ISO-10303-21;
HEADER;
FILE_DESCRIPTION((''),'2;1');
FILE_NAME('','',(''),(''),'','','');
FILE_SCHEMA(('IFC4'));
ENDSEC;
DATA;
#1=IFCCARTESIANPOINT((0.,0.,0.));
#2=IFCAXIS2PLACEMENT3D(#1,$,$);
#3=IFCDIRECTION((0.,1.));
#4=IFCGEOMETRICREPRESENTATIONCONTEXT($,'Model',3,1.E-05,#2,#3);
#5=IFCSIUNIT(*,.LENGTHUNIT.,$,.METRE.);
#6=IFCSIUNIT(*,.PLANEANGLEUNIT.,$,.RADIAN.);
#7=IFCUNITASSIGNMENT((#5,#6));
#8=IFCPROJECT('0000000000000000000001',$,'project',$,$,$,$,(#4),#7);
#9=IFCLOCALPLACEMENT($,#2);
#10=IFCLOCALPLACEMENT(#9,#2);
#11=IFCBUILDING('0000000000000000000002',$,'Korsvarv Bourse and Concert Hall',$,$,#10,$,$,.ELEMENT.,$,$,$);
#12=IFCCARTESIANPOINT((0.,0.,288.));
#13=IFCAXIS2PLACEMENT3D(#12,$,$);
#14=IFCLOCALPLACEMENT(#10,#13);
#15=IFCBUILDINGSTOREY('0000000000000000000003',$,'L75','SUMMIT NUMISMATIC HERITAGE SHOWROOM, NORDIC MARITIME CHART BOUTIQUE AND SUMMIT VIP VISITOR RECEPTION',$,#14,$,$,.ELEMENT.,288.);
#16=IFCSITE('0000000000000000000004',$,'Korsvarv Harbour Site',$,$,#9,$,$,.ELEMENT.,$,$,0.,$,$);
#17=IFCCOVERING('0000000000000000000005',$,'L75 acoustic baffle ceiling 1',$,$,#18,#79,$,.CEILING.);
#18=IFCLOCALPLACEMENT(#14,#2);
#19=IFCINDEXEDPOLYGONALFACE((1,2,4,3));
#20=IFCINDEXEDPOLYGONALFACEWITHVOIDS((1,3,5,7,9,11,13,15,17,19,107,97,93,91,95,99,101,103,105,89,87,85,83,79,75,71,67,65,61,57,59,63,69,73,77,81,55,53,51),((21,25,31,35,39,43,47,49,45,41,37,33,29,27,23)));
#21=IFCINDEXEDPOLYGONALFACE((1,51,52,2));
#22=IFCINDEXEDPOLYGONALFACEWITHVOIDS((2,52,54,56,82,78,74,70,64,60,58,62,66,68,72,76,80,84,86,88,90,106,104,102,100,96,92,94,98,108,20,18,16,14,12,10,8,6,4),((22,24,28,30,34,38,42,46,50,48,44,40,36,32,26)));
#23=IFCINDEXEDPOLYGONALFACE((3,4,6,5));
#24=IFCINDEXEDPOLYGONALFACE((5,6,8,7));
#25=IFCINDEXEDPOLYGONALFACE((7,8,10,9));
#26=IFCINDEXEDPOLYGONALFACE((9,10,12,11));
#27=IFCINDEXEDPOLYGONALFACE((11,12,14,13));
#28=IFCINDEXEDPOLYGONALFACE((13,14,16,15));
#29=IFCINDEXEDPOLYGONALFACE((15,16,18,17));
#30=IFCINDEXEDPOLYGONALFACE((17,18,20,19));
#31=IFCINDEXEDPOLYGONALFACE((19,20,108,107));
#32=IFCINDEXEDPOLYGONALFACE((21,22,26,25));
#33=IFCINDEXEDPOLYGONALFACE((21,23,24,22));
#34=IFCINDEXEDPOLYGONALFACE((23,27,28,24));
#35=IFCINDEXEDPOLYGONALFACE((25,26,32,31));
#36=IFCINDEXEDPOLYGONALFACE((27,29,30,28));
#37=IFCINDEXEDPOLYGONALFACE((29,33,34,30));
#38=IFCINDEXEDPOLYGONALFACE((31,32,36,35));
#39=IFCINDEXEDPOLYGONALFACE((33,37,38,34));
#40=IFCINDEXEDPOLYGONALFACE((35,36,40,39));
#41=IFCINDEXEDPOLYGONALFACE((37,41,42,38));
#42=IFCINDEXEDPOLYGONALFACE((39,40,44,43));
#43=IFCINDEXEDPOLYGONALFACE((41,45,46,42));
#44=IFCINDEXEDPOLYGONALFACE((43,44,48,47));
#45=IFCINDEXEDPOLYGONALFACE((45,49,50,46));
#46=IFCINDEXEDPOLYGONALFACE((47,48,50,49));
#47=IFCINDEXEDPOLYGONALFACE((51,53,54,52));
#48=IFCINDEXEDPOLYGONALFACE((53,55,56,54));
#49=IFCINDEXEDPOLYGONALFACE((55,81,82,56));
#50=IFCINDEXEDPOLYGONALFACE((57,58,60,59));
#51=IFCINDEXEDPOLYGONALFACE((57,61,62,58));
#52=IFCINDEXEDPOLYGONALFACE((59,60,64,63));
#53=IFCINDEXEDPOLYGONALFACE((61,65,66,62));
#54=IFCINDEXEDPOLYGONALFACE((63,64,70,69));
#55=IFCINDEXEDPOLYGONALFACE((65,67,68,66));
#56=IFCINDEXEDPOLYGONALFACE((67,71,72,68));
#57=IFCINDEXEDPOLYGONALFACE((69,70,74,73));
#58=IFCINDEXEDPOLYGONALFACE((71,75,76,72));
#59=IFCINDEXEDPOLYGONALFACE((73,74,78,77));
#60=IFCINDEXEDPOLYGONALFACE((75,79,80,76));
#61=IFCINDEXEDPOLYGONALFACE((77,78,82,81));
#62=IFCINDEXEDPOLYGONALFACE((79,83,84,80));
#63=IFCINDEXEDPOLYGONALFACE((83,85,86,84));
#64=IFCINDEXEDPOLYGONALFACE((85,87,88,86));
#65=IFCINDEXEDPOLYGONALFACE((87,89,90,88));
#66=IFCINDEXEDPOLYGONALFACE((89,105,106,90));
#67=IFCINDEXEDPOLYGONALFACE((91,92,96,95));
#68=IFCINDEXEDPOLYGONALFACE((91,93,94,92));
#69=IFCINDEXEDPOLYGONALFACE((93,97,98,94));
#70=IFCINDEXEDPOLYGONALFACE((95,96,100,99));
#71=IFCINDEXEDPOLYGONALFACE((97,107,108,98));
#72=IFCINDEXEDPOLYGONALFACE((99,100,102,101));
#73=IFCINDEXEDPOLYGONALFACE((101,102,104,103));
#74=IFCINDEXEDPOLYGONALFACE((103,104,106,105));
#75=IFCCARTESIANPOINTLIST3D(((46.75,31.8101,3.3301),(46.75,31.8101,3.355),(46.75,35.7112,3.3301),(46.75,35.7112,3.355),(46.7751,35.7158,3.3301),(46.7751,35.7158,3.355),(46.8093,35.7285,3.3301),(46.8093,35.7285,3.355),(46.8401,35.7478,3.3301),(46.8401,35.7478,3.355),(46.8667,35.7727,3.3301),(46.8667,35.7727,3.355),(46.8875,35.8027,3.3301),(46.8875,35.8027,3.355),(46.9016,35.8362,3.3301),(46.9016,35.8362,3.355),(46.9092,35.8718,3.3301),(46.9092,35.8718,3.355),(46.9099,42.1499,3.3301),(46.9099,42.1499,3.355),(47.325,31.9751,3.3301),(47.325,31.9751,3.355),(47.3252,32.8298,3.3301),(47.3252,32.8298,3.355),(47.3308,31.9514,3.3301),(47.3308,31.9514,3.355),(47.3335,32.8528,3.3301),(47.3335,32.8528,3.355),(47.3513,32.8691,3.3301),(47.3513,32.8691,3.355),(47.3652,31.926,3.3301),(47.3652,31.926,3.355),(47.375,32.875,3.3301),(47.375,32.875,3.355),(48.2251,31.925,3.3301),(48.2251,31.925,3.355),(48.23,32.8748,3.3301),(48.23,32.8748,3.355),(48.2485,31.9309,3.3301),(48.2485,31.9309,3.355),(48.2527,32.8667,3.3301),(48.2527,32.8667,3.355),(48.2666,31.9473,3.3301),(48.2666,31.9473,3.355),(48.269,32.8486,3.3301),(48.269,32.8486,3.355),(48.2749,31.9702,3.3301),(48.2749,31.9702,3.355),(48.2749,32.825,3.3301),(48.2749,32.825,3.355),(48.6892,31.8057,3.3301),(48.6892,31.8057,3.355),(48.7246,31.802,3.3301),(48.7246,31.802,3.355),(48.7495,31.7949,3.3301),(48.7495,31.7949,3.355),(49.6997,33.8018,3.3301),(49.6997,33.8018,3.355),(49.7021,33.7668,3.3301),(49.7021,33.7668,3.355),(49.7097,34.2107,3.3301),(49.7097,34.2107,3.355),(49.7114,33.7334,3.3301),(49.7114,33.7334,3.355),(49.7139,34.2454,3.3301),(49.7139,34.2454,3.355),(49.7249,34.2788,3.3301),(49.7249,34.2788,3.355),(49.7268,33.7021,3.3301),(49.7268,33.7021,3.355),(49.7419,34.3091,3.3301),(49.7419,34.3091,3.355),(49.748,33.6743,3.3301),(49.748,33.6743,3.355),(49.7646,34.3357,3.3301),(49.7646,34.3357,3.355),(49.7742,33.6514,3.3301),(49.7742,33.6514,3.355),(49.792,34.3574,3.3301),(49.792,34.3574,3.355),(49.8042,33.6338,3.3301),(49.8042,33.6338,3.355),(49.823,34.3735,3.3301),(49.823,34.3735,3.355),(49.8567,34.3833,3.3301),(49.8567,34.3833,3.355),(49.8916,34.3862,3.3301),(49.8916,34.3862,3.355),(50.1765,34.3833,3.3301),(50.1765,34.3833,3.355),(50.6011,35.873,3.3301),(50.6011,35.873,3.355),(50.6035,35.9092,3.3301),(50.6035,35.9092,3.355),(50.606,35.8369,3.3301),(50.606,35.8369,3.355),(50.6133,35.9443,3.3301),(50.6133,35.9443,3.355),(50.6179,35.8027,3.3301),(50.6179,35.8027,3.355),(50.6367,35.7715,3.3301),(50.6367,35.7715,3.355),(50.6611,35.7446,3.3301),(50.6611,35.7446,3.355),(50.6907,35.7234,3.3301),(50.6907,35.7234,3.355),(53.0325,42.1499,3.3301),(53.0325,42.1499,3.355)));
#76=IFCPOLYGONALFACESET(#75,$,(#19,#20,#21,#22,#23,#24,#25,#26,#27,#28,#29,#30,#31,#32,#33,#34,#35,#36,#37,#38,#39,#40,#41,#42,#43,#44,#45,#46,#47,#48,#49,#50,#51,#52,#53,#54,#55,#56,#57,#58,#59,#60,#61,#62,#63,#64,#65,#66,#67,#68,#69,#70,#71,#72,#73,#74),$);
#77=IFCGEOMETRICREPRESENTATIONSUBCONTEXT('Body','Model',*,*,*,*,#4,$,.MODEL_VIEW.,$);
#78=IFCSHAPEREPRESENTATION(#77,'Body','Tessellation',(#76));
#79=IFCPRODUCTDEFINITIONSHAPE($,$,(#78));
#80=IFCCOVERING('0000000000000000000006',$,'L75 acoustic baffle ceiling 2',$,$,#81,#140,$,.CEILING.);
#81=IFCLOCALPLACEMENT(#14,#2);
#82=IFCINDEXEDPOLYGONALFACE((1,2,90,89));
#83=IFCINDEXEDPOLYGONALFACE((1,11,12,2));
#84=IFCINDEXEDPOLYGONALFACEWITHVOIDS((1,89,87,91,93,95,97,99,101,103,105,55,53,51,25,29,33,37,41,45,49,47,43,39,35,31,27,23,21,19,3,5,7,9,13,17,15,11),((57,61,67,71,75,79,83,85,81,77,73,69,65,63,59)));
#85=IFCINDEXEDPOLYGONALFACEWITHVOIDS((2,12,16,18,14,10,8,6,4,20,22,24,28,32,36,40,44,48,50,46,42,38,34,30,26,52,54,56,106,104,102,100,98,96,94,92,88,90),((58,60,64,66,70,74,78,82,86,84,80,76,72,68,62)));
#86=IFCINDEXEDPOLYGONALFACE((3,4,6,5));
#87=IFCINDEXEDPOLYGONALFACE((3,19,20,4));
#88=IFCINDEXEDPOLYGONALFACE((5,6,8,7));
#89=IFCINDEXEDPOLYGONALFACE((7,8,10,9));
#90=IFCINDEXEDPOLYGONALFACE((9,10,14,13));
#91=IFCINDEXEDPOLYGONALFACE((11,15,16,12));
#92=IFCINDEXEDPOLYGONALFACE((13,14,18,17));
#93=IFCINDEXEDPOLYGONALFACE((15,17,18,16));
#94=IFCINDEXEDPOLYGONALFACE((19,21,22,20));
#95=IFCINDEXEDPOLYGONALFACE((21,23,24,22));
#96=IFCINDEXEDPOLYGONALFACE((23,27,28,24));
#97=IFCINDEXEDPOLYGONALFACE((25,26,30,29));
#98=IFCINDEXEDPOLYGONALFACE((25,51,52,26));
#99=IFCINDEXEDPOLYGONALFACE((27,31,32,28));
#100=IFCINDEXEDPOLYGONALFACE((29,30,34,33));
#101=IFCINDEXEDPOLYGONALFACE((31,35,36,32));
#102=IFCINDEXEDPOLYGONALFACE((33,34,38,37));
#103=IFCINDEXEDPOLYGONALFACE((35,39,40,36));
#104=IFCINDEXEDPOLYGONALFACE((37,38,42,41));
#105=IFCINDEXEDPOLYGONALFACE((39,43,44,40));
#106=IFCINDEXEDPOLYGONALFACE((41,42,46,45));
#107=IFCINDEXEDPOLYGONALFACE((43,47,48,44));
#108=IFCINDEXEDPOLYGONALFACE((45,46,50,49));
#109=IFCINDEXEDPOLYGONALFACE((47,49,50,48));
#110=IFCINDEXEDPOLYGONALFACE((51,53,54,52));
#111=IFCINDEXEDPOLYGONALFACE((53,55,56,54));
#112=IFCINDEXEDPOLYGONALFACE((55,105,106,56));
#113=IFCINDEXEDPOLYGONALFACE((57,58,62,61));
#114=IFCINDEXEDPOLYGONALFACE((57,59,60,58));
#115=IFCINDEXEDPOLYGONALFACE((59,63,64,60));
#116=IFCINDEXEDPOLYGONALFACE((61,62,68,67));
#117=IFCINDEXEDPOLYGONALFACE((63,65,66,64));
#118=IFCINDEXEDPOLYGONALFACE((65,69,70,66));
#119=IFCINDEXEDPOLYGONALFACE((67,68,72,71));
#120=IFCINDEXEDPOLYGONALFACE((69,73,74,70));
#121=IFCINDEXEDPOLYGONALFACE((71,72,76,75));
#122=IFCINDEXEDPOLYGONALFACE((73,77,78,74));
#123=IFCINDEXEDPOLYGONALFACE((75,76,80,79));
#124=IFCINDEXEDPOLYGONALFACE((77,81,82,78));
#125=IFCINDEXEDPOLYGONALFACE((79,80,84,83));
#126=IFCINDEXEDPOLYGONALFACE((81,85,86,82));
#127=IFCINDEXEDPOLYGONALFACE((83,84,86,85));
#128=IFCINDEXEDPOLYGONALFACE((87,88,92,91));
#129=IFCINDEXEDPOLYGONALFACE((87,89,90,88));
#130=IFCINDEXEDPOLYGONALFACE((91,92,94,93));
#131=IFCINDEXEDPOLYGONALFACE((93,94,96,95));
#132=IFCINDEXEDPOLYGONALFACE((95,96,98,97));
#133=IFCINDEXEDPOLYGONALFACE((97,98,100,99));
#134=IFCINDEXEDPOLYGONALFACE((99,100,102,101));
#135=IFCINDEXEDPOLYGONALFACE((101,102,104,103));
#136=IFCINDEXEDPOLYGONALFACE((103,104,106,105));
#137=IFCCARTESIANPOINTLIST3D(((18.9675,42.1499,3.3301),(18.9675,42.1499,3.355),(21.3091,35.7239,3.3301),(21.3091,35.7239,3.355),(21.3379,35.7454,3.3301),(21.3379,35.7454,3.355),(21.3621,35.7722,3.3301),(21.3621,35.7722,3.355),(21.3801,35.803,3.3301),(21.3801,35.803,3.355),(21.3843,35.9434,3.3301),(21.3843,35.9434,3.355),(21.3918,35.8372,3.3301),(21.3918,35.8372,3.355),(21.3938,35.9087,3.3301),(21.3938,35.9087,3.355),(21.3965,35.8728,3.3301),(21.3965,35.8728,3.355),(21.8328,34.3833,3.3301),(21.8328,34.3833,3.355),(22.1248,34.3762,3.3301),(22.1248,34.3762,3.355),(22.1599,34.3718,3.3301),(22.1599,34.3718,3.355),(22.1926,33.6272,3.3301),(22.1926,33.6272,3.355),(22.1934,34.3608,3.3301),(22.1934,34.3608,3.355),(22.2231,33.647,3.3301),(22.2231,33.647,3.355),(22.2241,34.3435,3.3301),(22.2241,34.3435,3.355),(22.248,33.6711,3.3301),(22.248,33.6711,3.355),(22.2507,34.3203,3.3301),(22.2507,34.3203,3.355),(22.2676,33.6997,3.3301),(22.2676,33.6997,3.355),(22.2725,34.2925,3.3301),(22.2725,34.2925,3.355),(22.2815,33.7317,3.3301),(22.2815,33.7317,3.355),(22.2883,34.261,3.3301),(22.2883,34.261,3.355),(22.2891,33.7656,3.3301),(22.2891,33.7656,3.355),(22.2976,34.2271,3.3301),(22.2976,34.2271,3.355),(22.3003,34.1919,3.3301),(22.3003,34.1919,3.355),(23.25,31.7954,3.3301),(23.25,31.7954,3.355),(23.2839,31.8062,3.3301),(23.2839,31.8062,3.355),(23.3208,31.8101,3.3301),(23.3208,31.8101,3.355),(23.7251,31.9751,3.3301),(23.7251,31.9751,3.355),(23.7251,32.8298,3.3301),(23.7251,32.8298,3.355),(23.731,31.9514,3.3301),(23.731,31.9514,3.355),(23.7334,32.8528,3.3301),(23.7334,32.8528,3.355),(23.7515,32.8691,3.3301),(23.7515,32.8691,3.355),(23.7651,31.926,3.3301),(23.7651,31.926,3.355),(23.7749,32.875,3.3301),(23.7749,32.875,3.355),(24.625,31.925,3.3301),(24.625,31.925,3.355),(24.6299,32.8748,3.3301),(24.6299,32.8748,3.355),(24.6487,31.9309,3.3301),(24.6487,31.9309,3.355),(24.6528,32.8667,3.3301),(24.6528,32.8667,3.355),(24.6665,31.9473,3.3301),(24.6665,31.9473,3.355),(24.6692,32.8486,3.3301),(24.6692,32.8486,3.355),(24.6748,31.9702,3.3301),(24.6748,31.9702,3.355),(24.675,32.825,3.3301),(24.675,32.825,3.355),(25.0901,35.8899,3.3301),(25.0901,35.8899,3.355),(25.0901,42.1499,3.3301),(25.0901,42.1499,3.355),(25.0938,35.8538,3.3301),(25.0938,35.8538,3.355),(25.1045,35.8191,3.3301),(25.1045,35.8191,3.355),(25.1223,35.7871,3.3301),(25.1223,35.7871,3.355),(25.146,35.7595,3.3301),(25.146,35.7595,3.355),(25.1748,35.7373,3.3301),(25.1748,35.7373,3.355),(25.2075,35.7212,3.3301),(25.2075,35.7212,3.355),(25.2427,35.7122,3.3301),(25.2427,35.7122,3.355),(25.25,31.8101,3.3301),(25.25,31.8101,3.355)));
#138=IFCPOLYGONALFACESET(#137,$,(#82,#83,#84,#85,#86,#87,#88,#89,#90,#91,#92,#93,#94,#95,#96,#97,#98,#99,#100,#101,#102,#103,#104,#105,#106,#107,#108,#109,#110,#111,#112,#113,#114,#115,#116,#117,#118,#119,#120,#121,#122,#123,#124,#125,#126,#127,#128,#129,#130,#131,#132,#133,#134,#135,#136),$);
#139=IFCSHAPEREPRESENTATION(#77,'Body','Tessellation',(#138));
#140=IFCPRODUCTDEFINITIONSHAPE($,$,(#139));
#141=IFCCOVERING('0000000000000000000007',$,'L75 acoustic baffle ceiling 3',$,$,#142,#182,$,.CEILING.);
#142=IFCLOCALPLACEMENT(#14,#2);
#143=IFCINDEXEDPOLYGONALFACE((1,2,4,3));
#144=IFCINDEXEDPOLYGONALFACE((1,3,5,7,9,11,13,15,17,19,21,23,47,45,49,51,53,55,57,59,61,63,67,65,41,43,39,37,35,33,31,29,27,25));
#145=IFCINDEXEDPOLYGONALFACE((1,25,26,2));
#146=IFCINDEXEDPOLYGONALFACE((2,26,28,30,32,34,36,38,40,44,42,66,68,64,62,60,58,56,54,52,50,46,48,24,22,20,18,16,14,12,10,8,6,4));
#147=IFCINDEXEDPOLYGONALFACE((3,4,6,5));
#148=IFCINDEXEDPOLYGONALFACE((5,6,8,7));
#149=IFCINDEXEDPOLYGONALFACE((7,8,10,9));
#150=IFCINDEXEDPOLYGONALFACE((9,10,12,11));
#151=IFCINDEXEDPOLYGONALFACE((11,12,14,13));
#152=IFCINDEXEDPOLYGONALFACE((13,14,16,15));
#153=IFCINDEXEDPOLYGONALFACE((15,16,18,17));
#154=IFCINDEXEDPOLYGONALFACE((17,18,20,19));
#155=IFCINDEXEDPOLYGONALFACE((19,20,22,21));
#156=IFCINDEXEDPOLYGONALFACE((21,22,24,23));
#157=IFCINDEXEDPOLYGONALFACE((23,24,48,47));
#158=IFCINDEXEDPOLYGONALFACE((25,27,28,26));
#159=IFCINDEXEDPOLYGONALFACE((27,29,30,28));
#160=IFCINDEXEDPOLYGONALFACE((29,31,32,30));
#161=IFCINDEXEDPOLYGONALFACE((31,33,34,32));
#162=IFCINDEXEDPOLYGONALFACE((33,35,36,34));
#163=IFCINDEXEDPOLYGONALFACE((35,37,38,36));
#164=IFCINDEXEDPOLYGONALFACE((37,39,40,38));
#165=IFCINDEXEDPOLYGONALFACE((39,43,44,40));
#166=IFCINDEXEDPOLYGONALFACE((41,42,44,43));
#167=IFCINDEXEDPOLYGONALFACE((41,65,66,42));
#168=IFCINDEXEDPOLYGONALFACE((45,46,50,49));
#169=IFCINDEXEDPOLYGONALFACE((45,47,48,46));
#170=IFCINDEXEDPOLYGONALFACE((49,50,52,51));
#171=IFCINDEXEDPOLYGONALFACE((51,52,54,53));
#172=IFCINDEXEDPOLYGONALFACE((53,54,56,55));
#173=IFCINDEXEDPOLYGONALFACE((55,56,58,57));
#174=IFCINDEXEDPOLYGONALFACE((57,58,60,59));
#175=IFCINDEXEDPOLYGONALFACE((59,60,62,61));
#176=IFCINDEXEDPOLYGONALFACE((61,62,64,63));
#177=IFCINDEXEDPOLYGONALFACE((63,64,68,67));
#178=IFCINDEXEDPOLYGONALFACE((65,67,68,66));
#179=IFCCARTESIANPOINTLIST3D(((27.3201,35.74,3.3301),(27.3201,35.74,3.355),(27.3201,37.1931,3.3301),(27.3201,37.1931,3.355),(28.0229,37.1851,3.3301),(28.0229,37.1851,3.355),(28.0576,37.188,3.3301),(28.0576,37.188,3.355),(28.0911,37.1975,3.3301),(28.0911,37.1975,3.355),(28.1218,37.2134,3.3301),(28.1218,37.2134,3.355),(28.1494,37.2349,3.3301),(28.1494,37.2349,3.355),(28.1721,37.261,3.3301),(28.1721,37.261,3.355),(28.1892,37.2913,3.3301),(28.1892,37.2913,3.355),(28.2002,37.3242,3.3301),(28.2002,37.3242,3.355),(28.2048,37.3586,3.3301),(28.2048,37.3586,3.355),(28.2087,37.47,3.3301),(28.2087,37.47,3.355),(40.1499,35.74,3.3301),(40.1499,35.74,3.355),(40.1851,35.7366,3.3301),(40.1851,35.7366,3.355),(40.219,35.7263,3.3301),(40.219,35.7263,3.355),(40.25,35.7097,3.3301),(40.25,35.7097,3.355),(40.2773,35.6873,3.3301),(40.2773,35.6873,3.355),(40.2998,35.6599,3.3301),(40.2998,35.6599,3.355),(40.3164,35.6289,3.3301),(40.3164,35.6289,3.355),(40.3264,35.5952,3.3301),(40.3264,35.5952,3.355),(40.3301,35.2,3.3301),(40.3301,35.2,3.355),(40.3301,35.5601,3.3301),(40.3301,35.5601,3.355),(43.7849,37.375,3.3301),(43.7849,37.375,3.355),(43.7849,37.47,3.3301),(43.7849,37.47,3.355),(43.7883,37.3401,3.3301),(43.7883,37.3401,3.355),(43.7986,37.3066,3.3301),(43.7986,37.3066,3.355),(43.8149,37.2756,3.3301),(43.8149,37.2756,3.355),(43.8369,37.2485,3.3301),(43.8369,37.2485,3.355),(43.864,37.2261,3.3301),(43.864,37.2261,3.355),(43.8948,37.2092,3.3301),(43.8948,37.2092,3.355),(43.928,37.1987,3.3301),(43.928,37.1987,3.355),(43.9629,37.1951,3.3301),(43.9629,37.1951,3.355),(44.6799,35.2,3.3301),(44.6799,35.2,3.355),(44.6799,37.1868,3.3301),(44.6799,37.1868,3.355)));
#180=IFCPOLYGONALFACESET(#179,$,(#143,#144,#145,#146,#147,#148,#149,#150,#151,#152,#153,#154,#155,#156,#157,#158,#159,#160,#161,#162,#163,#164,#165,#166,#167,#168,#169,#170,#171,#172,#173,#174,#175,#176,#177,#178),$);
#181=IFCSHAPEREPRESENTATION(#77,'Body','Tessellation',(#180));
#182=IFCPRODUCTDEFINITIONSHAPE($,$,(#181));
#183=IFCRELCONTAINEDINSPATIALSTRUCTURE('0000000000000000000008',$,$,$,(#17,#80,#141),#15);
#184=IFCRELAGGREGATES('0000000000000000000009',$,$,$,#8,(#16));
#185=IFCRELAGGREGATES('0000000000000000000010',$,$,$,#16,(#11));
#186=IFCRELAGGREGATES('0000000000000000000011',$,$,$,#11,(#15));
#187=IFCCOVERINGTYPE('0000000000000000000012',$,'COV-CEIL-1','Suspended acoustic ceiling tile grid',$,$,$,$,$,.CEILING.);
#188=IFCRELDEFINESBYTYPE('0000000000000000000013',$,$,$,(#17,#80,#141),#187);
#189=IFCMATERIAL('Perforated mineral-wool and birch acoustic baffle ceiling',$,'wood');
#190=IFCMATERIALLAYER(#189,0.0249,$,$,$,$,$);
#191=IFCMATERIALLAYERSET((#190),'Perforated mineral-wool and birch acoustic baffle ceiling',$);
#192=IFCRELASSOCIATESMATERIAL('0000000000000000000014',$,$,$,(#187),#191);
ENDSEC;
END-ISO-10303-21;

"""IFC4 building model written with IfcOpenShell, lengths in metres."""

from ifc_helpers import new_model, si_unit, direction, frame, origin, place, context, subcontext, project, spatial, polyline, outline, extrude, material, layer, layer_set, type_object, element, save


model = new_model("IFC4")

# Units and contexts
model_context = context("Model", 3, precision=1e-05, world=origin(), true_north=direction((0.0, 1.0)))
body_context = subcontext(model_context, "Body", "Model", "MODEL_VIEW")
ifc_project = project(units=[si_unit("LENGTHUNIT", "METRE"), si_unit("PLANEANGLEUNIT", "RADIAN")], contexts=[model_context])

# Site, building, storey
site_placement = place(None, origin())
site = spatial("IfcSite", under=ifc_project, at=site_placement, Name="Korsvarv Harbour Site", CompositionType="ELEMENT", RefElevation=0.0)
building_placement = place(site_placement, origin())
building = spatial("IfcBuilding", under=site, at=building_placement, Name="Korsvarv Bourse and Concert Hall", CompositionType="ELEMENT")
storey_placement = place(building_placement, frame((0.0, 0.0, 288.0)))
storey = spatial("IfcBuildingStorey", under=building, at=storey_placement, Name="L75", Description="SUMMIT NUMISMATIC HERITAGE SHOWROOM, NORDIC MARITIME CHART BOUTIQUE AND SUMMIT VIP VISITOR RECEPTION", CompositionType="ELEMENT", Elevation=288.0)

# Coverings
ifc_material_1 = material(Name="Perforated mineral-wool and birch acoustic baffle ceiling", Category="wood")
ifc_layer_1 = layer(ifc_material_1, 0.0249)
ifc_layer_set_1 = layer_set([ifc_layer_1], Name="Perforated mineral-wool and birch acoustic baffle ceiling")
covering_type_1 = type_object("IfcCoveringType", Name="COV-CEIL-1", Description="Suspended acoustic ceiling tile grid", PredefinedType="CEILING", material=ifc_layer_set_1)
covering_1_placement = place(storey_placement, frame((0.0, 0.0, 3.3301)))
element("IfcCovering", 1, at=covering_1_placement, inside=storey, type_object=covering_type_1, Name="L75 acoustic baffle ceiling 1", PredefinedType="CEILING", context=body_context, shape_type="SweptSolid", body=[
    extrude(outline(polyline([(46.75, 35.7112), (46.7751, 35.7158), (46.8093, 35.7285), (46.8401, 35.7478), (46.8667, 35.7727), (46.8875, 35.8027), (46.9016, 35.8362), (46.9092, 35.8718), (46.9099, 42.1499), (53.0325, 42.1499), (50.6133, 35.9443), (50.6035, 35.9092), (50.6011, 35.873), (50.606, 35.8369), (50.6179, 35.8027), (50.6367, 35.7715), (50.6611, 35.7446), (50.6907, 35.7234), (50.1765, 34.3833), (49.8916, 34.3862), (49.8567, 34.3833), (49.823, 34.3735), (49.792, 34.3574), (49.7646, 34.3357), (49.7419, 34.3091), (49.7249, 34.2788), (49.7139, 34.2454), (49.7097, 34.2107), (49.6997, 33.8018), (49.7021, 33.7668), (49.7114, 33.7334), (49.7268, 33.7021), (49.748, 33.6743), (49.7742, 33.6514), (49.8042, 33.6338), (48.7495, 31.7949), (48.7246, 31.802), (48.6892, 31.8057), (46.75, 31.8101), (46.75, 35.7112)]), holes=[polyline([(47.3652, 31.926), (48.2251, 31.925), (48.2485, 31.9309), (48.2666, 31.9473), (48.2749, 31.9702), (48.2749, 32.825), (48.269, 32.8486), (48.2527, 32.8667), (48.23, 32.8748), (47.375, 32.875), (47.3513, 32.8691), (47.3335, 32.8528), (47.3252, 32.8298), (47.325, 31.9751), (47.3308, 31.9514), (47.3652, 31.926)])]), origin(), (0.0, 0.0, 1.0), 0.0249),
])
covering_2_placement = place(storey_placement, frame((0.0, 0.0, 3.3301)))
element("IfcCovering", 2, at=covering_2_placement, inside=storey, type_object=covering_type_1, Name="L75 acoustic baffle ceiling 2", PredefinedType="CEILING", context=body_context, shape_type="SweptSolid", body=[
    extrude(outline(polyline([(21.3091, 35.7239), (21.3379, 35.7454), (21.3621, 35.7722), (21.3801, 35.803), (21.3918, 35.8372), (21.3965, 35.8728), (21.3938, 35.9087), (21.3843, 35.9434), (18.9675, 42.1499), (25.0901, 42.1499), (25.0901, 35.8899), (25.0938, 35.8538), (25.1045, 35.8191), (25.1223, 35.7871), (25.146, 35.7595), (25.1748, 35.7373), (25.2075, 35.7212), (25.2427, 35.7122), (25.25, 31.8101), (23.3208, 31.8101), (23.2839, 31.8062), (23.25, 31.7954), (22.1926, 33.6272), (22.2231, 33.647), (22.248, 33.6711), (22.2676, 33.6997), (22.2815, 33.7317), (22.2891, 33.7656), (22.3003, 34.1919), (22.2976, 34.2271), (22.2883, 34.261), (22.2725, 34.2925), (22.2507, 34.3203), (22.2241, 34.3435), (22.1934, 34.3608), (22.1599, 34.3718), (22.1248, 34.3762), (21.8328, 34.3833), (21.3091, 35.7239)]), holes=[polyline([(23.7651, 31.926), (24.625, 31.925), (24.6487, 31.9309), (24.6665, 31.9473), (24.6748, 31.9702), (24.675, 32.825), (24.6692, 32.8486), (24.6528, 32.8667), (24.6299, 32.8748), (23.7749, 32.875), (23.7515, 32.8691), (23.7334, 32.8528), (23.7251, 32.8298), (23.7251, 31.9751), (23.731, 31.9514), (23.7651, 31.926)])]), origin(), (0.0, 0.0, 1.0), 0.0249),
])
covering_3_placement = place(storey_placement, frame((0.0, 0.0, 3.3301)))
element("IfcCovering", 3, at=covering_3_placement, inside=storey, type_object=covering_type_1, Name="L75 acoustic baffle ceiling 3", PredefinedType="CEILING", context=body_context, shape_type="SweptSolid", body=[
    extrude(outline(polyline([(28.0229, 37.1851), (28.0576, 37.188), (28.0911, 37.1975), (28.1218, 37.2134), (28.1494, 37.2349), (28.1721, 37.261), (28.1892, 37.2913), (28.2002, 37.3242), (28.2048, 37.3586), (28.2087, 37.47), (43.7849, 37.47), (43.7849, 37.375), (43.7883, 37.3401), (43.7986, 37.3066), (43.8149, 37.2756), (43.8369, 37.2485), (43.864, 37.2261), (43.8948, 37.2092), (43.928, 37.1987), (43.9629, 37.1951), (44.6799, 37.1868), (44.6799, 35.2), (40.3301, 35.2), (40.3301, 35.5601), (40.3264, 35.5952), (40.3164, 35.6289), (40.2998, 35.6599), (40.2773, 35.6873), (40.25, 35.7097), (40.219, 35.7263), (40.1851, 35.7366), (40.1499, 35.74), (27.3201, 35.74), (27.3201, 37.1931), (28.0229, 37.1851)])), origin(), (0.0, 0.0, 1.0), 0.0249),
])

save(model, "model.ifc")
